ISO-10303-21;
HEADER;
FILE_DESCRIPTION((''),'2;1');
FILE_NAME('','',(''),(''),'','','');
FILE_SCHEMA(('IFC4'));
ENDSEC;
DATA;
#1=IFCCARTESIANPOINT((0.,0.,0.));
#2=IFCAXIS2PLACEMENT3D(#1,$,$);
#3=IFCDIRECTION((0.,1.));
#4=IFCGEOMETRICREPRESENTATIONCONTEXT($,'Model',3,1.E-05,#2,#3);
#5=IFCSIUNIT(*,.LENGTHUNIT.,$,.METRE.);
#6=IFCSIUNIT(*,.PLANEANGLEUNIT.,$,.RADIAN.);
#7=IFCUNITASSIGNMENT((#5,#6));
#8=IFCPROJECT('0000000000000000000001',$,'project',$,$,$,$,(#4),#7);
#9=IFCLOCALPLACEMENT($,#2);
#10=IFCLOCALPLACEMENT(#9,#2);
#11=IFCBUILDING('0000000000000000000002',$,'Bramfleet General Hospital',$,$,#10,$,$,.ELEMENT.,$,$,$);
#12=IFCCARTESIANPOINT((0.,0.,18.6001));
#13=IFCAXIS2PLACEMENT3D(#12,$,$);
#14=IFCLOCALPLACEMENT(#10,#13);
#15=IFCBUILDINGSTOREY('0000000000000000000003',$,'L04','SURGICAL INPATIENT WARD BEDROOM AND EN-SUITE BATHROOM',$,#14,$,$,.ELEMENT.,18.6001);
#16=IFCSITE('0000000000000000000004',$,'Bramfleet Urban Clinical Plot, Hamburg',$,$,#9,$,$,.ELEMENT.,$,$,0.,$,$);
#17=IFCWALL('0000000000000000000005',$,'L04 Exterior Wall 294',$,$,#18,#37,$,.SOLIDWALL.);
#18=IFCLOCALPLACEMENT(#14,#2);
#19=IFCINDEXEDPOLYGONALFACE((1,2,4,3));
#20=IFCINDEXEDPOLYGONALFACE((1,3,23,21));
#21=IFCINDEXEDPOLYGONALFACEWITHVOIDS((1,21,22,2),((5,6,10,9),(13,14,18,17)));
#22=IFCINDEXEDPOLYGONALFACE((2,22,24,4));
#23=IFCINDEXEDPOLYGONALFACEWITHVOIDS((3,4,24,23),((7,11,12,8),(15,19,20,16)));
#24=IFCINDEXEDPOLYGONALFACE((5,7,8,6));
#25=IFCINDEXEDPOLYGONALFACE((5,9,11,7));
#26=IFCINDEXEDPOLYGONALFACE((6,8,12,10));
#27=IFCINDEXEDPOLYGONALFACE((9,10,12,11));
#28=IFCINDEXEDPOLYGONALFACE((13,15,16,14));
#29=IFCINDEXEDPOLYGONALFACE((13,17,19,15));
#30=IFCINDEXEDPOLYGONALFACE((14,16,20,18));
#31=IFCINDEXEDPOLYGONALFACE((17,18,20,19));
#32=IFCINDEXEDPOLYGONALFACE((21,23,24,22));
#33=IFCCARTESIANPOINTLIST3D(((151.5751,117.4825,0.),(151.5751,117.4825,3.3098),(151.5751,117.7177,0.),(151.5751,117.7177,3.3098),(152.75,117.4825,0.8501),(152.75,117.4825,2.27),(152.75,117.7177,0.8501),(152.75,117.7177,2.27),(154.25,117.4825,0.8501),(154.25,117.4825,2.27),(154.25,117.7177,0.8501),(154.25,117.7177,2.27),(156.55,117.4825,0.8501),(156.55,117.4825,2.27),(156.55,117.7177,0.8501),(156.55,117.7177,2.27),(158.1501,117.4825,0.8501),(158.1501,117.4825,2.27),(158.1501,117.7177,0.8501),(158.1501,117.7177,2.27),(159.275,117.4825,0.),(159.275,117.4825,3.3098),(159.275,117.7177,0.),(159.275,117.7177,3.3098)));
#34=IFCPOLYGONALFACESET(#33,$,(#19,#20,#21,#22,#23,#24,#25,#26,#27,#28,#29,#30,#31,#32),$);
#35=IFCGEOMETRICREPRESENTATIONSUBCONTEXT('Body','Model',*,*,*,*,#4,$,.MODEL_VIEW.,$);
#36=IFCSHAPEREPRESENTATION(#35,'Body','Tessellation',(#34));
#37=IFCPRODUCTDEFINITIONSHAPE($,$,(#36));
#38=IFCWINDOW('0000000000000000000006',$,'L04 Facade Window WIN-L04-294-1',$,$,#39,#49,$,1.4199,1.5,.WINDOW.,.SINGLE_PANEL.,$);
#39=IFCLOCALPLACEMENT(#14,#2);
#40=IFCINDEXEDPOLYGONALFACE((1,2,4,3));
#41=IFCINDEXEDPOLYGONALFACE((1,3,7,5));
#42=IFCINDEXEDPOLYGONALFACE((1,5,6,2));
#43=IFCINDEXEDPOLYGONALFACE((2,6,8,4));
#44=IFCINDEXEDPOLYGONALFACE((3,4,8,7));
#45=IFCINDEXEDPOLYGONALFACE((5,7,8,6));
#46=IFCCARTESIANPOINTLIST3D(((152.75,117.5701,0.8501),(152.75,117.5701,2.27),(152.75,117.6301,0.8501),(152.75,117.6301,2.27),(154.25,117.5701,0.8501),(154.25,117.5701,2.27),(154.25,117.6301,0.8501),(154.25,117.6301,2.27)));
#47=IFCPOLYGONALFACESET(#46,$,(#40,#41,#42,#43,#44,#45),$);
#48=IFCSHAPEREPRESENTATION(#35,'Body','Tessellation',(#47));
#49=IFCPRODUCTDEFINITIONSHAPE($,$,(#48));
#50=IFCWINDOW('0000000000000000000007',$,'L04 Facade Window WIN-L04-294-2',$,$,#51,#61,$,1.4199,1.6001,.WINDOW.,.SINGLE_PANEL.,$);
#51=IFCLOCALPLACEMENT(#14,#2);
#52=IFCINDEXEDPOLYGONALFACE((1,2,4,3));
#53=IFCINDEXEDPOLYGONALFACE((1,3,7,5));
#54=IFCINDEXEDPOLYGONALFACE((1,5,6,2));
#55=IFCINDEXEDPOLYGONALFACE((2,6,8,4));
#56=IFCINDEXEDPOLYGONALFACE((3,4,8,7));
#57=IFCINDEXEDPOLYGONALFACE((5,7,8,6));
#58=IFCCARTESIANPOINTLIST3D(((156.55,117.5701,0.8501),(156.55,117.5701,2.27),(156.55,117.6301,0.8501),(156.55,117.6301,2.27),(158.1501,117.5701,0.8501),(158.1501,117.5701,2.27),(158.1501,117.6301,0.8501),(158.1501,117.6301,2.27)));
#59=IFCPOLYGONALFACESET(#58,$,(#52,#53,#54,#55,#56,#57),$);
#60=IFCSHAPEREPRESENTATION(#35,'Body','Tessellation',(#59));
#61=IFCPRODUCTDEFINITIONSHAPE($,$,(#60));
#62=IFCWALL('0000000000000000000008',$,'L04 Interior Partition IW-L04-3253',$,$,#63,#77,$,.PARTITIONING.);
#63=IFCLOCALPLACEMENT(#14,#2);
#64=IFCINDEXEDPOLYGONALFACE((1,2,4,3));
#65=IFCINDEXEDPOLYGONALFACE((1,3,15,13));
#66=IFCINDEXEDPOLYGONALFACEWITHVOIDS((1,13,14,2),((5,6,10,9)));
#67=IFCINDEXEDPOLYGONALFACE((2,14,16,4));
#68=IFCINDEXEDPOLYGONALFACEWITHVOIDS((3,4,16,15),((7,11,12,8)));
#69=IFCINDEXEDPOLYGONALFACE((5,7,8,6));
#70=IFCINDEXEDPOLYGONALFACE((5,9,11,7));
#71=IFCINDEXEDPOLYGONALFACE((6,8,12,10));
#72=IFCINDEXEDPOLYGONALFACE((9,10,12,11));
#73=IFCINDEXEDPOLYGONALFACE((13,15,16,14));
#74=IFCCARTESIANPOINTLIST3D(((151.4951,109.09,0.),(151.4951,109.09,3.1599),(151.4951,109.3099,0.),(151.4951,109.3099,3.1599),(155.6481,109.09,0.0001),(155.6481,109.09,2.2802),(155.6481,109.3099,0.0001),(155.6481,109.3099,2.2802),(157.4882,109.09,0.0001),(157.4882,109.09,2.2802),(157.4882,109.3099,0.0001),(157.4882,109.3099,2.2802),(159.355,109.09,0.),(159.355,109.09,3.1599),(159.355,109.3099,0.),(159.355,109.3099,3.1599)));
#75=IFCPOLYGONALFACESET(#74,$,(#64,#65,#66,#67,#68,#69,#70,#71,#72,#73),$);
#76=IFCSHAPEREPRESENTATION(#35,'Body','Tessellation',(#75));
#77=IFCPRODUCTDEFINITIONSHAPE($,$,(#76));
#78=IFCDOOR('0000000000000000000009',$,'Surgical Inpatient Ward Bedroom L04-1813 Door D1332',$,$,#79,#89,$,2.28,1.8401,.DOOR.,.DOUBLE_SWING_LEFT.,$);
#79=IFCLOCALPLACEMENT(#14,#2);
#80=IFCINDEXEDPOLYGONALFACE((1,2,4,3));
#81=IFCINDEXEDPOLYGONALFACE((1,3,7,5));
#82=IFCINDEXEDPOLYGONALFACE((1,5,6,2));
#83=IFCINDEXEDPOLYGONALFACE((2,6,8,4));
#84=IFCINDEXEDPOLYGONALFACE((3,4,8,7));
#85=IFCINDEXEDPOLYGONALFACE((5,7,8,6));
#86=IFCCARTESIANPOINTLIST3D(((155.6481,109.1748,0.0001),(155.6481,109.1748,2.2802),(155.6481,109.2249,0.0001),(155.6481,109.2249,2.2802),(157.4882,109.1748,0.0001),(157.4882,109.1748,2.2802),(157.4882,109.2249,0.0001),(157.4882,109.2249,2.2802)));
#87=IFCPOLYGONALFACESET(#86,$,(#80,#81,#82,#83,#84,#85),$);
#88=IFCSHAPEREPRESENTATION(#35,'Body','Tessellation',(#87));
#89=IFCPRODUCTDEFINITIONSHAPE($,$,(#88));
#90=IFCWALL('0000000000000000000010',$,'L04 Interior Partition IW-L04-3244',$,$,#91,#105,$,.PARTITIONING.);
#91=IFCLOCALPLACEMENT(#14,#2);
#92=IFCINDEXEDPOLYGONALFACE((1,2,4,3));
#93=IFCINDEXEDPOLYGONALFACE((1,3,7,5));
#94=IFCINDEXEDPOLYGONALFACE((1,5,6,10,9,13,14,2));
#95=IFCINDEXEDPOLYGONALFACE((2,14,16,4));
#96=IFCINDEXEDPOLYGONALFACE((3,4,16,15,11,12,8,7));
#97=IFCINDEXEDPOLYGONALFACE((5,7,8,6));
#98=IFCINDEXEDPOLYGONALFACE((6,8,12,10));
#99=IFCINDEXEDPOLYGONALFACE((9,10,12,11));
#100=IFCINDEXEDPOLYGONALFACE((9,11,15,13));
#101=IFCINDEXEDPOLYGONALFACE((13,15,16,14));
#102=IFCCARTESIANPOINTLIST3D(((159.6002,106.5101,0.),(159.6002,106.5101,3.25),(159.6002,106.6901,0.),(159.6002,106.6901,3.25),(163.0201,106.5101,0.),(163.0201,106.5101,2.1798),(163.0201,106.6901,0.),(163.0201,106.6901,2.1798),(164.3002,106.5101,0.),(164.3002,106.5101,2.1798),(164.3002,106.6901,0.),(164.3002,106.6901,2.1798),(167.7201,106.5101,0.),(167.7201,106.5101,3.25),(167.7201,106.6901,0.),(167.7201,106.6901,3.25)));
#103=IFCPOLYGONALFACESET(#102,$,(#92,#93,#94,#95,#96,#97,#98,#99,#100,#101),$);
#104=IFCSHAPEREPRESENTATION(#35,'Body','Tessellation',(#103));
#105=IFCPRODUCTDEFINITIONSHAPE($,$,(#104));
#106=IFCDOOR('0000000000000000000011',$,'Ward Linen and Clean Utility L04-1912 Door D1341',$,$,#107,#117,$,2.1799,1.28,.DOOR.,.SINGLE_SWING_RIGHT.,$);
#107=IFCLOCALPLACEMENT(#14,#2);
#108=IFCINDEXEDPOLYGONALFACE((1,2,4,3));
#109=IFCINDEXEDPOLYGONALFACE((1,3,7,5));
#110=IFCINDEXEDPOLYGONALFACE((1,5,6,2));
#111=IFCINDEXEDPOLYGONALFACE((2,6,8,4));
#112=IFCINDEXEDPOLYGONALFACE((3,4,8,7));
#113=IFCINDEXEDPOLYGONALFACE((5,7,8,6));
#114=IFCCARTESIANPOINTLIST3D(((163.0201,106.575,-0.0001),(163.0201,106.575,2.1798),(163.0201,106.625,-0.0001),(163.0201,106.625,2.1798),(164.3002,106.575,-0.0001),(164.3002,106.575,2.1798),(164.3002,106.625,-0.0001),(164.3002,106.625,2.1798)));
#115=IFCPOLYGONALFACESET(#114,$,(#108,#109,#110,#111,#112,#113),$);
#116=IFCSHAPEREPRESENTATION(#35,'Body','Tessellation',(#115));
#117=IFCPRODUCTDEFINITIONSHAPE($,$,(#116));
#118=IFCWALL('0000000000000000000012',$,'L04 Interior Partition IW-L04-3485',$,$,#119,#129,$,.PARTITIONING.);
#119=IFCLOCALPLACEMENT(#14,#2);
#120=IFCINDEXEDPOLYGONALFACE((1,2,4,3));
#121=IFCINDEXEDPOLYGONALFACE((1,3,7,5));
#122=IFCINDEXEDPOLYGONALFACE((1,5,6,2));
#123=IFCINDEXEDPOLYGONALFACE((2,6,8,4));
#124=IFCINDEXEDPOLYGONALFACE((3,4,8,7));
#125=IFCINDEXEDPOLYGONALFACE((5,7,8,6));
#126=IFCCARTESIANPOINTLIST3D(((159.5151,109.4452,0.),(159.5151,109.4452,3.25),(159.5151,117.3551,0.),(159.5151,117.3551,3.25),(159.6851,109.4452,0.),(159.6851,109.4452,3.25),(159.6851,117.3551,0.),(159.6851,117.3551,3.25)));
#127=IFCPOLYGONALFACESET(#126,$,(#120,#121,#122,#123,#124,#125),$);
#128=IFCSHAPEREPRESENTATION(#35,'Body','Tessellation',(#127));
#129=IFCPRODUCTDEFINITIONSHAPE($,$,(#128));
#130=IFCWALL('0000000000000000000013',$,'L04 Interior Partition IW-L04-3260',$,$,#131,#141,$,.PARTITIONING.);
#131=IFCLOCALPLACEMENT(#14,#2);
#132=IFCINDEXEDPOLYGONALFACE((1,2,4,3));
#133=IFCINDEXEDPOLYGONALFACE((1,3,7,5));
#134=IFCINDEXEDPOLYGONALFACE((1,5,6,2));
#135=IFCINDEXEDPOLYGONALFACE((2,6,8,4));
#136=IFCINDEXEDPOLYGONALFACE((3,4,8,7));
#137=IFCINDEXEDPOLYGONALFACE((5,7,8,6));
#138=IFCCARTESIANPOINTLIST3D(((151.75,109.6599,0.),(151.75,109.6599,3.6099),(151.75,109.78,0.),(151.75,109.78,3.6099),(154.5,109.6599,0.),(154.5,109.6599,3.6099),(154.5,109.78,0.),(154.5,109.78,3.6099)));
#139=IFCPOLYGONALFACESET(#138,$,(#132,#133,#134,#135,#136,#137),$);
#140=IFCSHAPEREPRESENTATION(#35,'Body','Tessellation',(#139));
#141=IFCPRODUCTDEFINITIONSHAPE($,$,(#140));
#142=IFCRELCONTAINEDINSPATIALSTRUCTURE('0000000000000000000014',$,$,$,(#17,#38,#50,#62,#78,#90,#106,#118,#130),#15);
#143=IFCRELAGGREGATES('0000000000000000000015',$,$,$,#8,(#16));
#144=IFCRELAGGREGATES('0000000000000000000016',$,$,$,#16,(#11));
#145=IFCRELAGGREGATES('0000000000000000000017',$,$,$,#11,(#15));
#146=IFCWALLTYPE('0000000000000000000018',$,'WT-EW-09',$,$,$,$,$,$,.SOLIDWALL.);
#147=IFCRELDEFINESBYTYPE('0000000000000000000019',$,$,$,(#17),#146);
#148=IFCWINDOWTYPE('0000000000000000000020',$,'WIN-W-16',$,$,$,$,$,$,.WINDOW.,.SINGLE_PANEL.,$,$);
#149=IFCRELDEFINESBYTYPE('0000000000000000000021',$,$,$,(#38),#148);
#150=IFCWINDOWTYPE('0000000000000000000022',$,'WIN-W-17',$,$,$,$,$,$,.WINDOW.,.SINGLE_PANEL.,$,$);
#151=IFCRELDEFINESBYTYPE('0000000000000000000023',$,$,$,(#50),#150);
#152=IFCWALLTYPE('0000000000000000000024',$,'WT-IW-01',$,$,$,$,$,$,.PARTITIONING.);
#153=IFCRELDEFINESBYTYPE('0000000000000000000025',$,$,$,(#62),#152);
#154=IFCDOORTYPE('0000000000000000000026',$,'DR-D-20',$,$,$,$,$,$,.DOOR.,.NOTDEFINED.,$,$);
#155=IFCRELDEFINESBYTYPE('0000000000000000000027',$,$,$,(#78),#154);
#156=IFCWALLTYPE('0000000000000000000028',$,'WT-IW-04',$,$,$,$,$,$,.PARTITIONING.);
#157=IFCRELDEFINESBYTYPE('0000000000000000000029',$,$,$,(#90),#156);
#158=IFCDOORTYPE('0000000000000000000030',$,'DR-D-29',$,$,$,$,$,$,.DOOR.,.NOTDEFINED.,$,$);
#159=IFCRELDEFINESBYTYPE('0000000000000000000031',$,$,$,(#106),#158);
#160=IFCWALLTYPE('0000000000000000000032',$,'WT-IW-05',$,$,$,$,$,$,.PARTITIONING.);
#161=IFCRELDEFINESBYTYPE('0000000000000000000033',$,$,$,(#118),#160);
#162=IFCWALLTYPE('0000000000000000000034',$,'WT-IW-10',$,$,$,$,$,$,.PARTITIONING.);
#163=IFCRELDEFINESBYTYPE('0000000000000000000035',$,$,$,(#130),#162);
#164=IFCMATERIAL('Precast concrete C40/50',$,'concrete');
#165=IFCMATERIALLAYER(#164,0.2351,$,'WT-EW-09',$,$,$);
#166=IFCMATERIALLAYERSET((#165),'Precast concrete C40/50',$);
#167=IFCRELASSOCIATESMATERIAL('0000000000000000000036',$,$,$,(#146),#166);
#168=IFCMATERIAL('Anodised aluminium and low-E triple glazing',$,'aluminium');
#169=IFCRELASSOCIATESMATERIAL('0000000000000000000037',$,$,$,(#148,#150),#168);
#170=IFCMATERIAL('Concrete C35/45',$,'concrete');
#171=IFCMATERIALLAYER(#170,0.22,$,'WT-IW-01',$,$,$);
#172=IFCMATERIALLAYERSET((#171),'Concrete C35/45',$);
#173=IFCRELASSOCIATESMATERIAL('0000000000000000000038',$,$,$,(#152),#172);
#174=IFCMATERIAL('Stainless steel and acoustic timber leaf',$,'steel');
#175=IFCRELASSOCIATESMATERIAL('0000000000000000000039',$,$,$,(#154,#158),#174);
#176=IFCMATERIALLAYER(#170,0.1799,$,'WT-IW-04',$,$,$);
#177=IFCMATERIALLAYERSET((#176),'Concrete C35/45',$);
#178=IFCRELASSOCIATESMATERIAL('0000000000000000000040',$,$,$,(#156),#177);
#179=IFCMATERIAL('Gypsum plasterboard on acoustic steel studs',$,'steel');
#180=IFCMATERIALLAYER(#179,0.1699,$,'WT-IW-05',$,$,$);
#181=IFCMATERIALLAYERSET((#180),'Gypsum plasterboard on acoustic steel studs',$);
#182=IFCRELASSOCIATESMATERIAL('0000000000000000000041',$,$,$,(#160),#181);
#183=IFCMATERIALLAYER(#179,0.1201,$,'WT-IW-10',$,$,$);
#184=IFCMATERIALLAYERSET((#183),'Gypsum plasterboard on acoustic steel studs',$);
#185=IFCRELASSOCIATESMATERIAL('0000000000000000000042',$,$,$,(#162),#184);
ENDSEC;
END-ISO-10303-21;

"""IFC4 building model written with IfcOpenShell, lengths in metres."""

from ifc_helpers import new_model, si_unit, direction, frame, frame_2d, origin, place, context, subcontext, project, spatial, rectangle, extrude, material, layer, layer_set, type_object, element, fill, save


model = new_model("IFC4")

# Units and contexts
model_context = context("Model", 3, precision=1e-05, world=origin(), true_north=direction((0.0, 1.0)))
body_context = subcontext(model_context, "Body", "Model", "MODEL_VIEW")
ifc_project = project(units=[si_unit("LENGTHUNIT", "METRE"), si_unit("PLANEANGLEUNIT", "RADIAN")], contexts=[model_context])

# Site, building, storey
site_placement = place(None, origin())
site = spatial("IfcSite", under=ifc_project, at=site_placement, Name="Bramfleet Urban Clinical Plot, Hamburg", CompositionType="ELEMENT", RefElevation=0.0)
building_placement = place(site_placement, origin())
building = spatial("IfcBuilding", under=site, at=building_placement, Name="Bramfleet General Hospital", CompositionType="ELEMENT")
storey_placement = place(building_placement, frame((0.0, 0.0, 18.6001)))
storey = spatial("IfcBuildingStorey", under=building, at=storey_placement, Name="L04", Description="SURGICAL INPATIENT WARD BEDROOM AND EN-SUITE BATHROOM", CompositionType="ELEMENT", Elevation=18.6001)

# Wall, openings, windows
ifc_material_1 = material(Name="Precast concrete C40/50", Category="concrete")
ifc_layer_1 = layer(ifc_material_1, 0.2351, Name="WT-EW-09")
ifc_layer_set_1 = layer_set([ifc_layer_1], Name="Precast concrete C40/50")
wall_type_1 = type_object("IfcWallType", Name="WT-EW-09", PredefinedType="SOLIDWALL", material=ifc_layer_set_1)
wall_1_placement = place(storey_placement, frame((151.575, 117.6001, 0.0), z_axis=(0.0, 0.0, 1.0), x_axis=(1.0, 0.0, 0.0)))
wall_1 = element("IfcWall", 1, at=wall_1_placement, inside=storey, type_object=wall_type_1, Name="L04 Exterior Wall 294", PredefinedType="SOLIDWALL", context=body_context, shape_type="SweptSolid", body=[
    extrude(rectangle(XDim=7.7, YDim=0.2351, at=frame_2d((3.8501, 0.0))), origin(), (0.0, 0.0, 1.0), 3.3098),
])
opening_1_placement = place(wall_1_placement, frame((1.175, 0.0, 0.8501)))
opening_1 = element("IfcOpeningElement", 2, at=opening_1_placement, cuts=wall_1, PredefinedType="OPENING", context=body_context, shape_type="SweptSolid", body=[
    extrude(rectangle(XDim=1.5, YDim=1.4199, at=frame_2d((0.75, 0.71))), frame((0.0, 0.1274, 0.0), z_axis=(0.0, -1.0, 0.0), x_axis=(1.0, 0.0, 0.0)), (0.0, 0.0, 1.0), 0.2551),
])
opening_2_placement = place(wall_1_placement, frame((4.9751, 0.0, 0.8501)))
opening_2 = element("IfcOpeningElement", 3, at=opening_2_placement, cuts=wall_1, PredefinedType="OPENING", context=body_context, shape_type="SweptSolid", body=[
    extrude(rectangle(XDim=1.6001, YDim=1.4199, at=frame_2d((0.8, 0.71))), frame((0.0, 0.1274, 0.0), z_axis=(0.0, -1.0, 0.0), x_axis=(1.0, 0.0, 0.0)), (0.0, 0.0, 1.0), 0.2551),
])
ifc_material_2 = material(Name="Anodised aluminium and low-E triple glazing", Category="aluminium")
window_type_1 = type_object("IfcWindowType", Name="WIN-W-16", PartitioningType="SINGLE_PANEL", PredefinedType="WINDOW", material=ifc_material_2)
window_1_placement = place(opening_1_placement, origin())
window_1 = element("IfcWindow", 4, at=window_1_placement, inside=storey, type_object=window_type_1, Name="L04 Facade Window WIN-L04-294-1", OverallHeight=1.4199, OverallWidth=1.5, PartitioningType="SINGLE_PANEL", PredefinedType="WINDOW", context=body_context, shape_type="SweptSolid", body=[
    extrude(rectangle(XDim=1.5, YDim=1.4199, at=frame_2d((0.75, 0.71))), frame((0.0, 0.03, 0.0), z_axis=(0.0, -1.0, 0.0), x_axis=(1.0, 0.0, 0.0)), (0.0, 0.0, 1.0), 0.0601),
])
fill(opening_1, window_1)
window_type_2 = type_object("IfcWindowType", Name="WIN-W-17", PartitioningType="SINGLE_PANEL", PredefinedType="WINDOW", material=ifc_material_2)
window_2_placement = place(opening_2_placement, origin())
window_2 = element("IfcWindow", 5, at=window_2_placement, inside=storey, type_object=window_type_2, Name="L04 Facade Window WIN-L04-294-2", OverallHeight=1.4199, OverallWidth=1.6001, PartitioningType="SINGLE_PANEL", PredefinedType="WINDOW", context=body_context, shape_type="SweptSolid", body=[
    extrude(rectangle(XDim=1.6001, YDim=1.4199, at=frame_2d((0.8, 0.71))), frame((0.0, 0.03, 0.0), z_axis=(0.0, -1.0, 0.0), x_axis=(1.0, 0.0, 0.0)), (0.0, 0.0, 1.0), 0.0601),
])
fill(opening_2, window_2)

# Walls, openings, doors
ifc_material_3 = material(Name="Concrete C35/45", Category="concrete")
ifc_layer_2 = layer(ifc_material_3, 0.22, Name="WT-IW-01")
ifc_layer_set_2 = layer_set([ifc_layer_2], Name="Concrete C35/45")
wall_type_2 = type_object("IfcWallType", Name="WT-IW-01", PredefinedType="PARTITIONING", material=ifc_layer_set_2)
wall_2_placement = place(storey_placement, frame((151.4951, 109.2, 0.0), z_axis=(0.0, 0.0, 1.0), x_axis=(1.0, 0.0, 0.0)))
wall_2 = element("IfcWall", 6, at=wall_2_placement, inside=storey, type_object=wall_type_2, Name="L04 Interior Partition IW-L04-3253", PredefinedType="PARTITIONING", context=body_context, shape_type="SweptSolid", body=[
    extrude(rectangle(XDim=7.8599, YDim=0.22, at=frame_2d((3.9299, 0.0))), origin(), (0.0, 0.0, 1.0), 3.1599),
])
opening_3_placement = place(wall_2_placement, frame((4.1531, 0.0, 0.0)))
opening_3 = element("IfcOpeningElement", 7, at=opening_3_placement, cuts=wall_2, PredefinedType="OPENING", context=body_context, shape_type="SweptSolid", body=[
    extrude(rectangle(XDim=1.8401, YDim=2.28, at=frame_2d((0.9199, 1.1401))), frame((0.0, 0.1199, 0.0), z_axis=(0.0, -1.0, 0.0), x_axis=(1.0, 0.0, 0.0)), (0.0, 0.0, 1.0), 0.24),
])
ifc_material_4 = material(Name="Stainless steel and acoustic timber leaf", Category="steel")
door_type_1 = type_object("IfcDoorType", Name="DR-D-20", OperationType="NOTDEFINED", PredefinedType="DOOR", material=ifc_material_4)
door_1_placement = place(opening_3_placement, origin())
door_1 = element("IfcDoor", 8, at=door_1_placement, inside=storey, type_object=door_type_1, Name="Surgical Inpatient Ward Bedroom L04-1813 Door D1332", OperationType="DOUBLE_SWING_LEFT", OverallHeight=2.28, OverallWidth=1.8401, PredefinedType="DOOR", context=body_context, shape_type="SweptSolid", body=[
    extrude(rectangle(XDim=1.8401, YDim=2.28, at=frame_2d((0.9199, 1.1401))), frame((0.0, 0.0249, 0.0), z_axis=(0.0, -1.0, 0.0), x_axis=(1.0, 0.0, 0.0)), (0.0, 0.0, 1.0), 0.05),
])
fill(opening_3, door_1)
ifc_layer_3 = layer(ifc_material_3, 0.1799, Name="WT-IW-04")
ifc_layer_set_3 = layer_set([ifc_layer_3], Name="Concrete C35/45")
wall_type_3 = type_object("IfcWallType", Name="WT-IW-04", PredefinedType="PARTITIONING", material=ifc_layer_set_3)
wall_3_placement = place(storey_placement, frame((159.6001, 106.6001, 0.0), z_axis=(0.0, 0.0, 1.0), x_axis=(1.0, 0.0, 0.0)))
wall_3 = element("IfcWall", 9, at=wall_3_placement, inside=storey, type_object=wall_type_3, Name="L04 Interior Partition IW-L04-3244", PredefinedType="PARTITIONING", context=body_context, shape_type="SweptSolid", body=[
    extrude(rectangle(XDim=8.1199, YDim=0.1799, at=frame_2d((4.0601, 0.0))), origin(), (0.0, 0.0, 1.0), 3.25),
])
opening_4_placement = place(wall_3_placement, frame((3.4199, 0.0, 0.0)))
opening_4 = element("IfcOpeningElement", 10, at=opening_4_placement, cuts=wall_3, PredefinedType="OPENING", context=body_context, shape_type="SweptSolid", body=[
    extrude(rectangle(XDim=1.28, YDim=2.1799, at=frame_2d((0.6401, 1.0898))), frame((0.0, 0.0999, 0.0), z_axis=(0.0, -1.0, 0.0), x_axis=(1.0, 0.0, 0.0)), (0.0, 0.0, 1.0), 0.2),
])
door_type_2 = type_object("IfcDoorType", Name="DR-D-29", OperationType="NOTDEFINED", PredefinedType="DOOR", material=ifc_material_4)
door_2_placement = place(opening_4_placement, origin())
door_2 = element("IfcDoor", 11, at=door_2_placement, inside=storey, type_object=door_type_2, Name="Ward Linen and Clean Utility L04-1912 Door D1341", OperationType="SINGLE_SWING_RIGHT", OverallHeight=2.1799, OverallWidth=1.28, PredefinedType="DOOR", context=body_context, shape_type="SweptSolid", body=[
    extrude(rectangle(XDim=1.28, YDim=2.1799, at=frame_2d((0.6401, 1.0898))), frame((0.0, 0.0249, 0.0), z_axis=(0.0, -1.0, 0.0), x_axis=(1.0, 0.0, 0.0)), (0.0, 0.0, 1.0), 0.05),
])
fill(opening_4, door_2)

# Walls
ifc_material_5 = material(Name="Gypsum plasterboard on acoustic steel studs", Category="steel")
ifc_layer_4 = layer(ifc_material_5, 0.1699, Name="WT-IW-05")
ifc_layer_set_4 = layer_set([ifc_layer_4], Name="Gypsum plasterboard on acoustic steel studs")
wall_type_4 = type_object("IfcWallType", Name="WT-IW-05", PredefinedType="PARTITIONING", material=ifc_layer_set_4)
wall_4_placement = place(storey_placement, frame((159.6001, 109.4451, 0.0), z_axis=(0.0, 0.0, 1.0), x_axis=(0.0, 1.0, 0.0)))
element("IfcWall", 12, at=wall_4_placement, inside=storey, type_object=wall_type_4, Name="L04 Interior Partition IW-L04-3485", PredefinedType="PARTITIONING", context=body_context, shape_type="SweptSolid", body=[
    extrude(rectangle(XDim=7.9099, YDim=0.1699, at=frame_2d((3.9551, 0.0))), origin(), (0.0, 0.0, 1.0), 3.25),
])
ifc_layer_5 = layer(ifc_material_5, 0.1201, Name="WT-IW-10")
ifc_layer_set_5 = layer_set([ifc_layer_5], Name="Gypsum plasterboard on acoustic steel studs")
wall_type_5 = type_object("IfcWallType", Name="WT-IW-10", PredefinedType="PARTITIONING", material=ifc_layer_set_5)
wall_5_placement = place(storey_placement, frame((151.75, 109.72, 0.0), z_axis=(0.0, 0.0, 1.0), x_axis=(1.0, 0.0, 0.0)))
element("IfcWall", 13, at=wall_5_placement, inside=storey, type_object=wall_type_5, Name="L04 Interior Partition IW-L04-3260", PredefinedType="PARTITIONING", context=body_context, shape_type="SweptSolid", body=[
    extrude(rectangle(XDim=2.75, YDim=0.1201, at=frame_2d((1.375, 0.0))), origin(), (0.0, 0.0, 1.0), 3.6099),
])

save(model, "model.ifc")
